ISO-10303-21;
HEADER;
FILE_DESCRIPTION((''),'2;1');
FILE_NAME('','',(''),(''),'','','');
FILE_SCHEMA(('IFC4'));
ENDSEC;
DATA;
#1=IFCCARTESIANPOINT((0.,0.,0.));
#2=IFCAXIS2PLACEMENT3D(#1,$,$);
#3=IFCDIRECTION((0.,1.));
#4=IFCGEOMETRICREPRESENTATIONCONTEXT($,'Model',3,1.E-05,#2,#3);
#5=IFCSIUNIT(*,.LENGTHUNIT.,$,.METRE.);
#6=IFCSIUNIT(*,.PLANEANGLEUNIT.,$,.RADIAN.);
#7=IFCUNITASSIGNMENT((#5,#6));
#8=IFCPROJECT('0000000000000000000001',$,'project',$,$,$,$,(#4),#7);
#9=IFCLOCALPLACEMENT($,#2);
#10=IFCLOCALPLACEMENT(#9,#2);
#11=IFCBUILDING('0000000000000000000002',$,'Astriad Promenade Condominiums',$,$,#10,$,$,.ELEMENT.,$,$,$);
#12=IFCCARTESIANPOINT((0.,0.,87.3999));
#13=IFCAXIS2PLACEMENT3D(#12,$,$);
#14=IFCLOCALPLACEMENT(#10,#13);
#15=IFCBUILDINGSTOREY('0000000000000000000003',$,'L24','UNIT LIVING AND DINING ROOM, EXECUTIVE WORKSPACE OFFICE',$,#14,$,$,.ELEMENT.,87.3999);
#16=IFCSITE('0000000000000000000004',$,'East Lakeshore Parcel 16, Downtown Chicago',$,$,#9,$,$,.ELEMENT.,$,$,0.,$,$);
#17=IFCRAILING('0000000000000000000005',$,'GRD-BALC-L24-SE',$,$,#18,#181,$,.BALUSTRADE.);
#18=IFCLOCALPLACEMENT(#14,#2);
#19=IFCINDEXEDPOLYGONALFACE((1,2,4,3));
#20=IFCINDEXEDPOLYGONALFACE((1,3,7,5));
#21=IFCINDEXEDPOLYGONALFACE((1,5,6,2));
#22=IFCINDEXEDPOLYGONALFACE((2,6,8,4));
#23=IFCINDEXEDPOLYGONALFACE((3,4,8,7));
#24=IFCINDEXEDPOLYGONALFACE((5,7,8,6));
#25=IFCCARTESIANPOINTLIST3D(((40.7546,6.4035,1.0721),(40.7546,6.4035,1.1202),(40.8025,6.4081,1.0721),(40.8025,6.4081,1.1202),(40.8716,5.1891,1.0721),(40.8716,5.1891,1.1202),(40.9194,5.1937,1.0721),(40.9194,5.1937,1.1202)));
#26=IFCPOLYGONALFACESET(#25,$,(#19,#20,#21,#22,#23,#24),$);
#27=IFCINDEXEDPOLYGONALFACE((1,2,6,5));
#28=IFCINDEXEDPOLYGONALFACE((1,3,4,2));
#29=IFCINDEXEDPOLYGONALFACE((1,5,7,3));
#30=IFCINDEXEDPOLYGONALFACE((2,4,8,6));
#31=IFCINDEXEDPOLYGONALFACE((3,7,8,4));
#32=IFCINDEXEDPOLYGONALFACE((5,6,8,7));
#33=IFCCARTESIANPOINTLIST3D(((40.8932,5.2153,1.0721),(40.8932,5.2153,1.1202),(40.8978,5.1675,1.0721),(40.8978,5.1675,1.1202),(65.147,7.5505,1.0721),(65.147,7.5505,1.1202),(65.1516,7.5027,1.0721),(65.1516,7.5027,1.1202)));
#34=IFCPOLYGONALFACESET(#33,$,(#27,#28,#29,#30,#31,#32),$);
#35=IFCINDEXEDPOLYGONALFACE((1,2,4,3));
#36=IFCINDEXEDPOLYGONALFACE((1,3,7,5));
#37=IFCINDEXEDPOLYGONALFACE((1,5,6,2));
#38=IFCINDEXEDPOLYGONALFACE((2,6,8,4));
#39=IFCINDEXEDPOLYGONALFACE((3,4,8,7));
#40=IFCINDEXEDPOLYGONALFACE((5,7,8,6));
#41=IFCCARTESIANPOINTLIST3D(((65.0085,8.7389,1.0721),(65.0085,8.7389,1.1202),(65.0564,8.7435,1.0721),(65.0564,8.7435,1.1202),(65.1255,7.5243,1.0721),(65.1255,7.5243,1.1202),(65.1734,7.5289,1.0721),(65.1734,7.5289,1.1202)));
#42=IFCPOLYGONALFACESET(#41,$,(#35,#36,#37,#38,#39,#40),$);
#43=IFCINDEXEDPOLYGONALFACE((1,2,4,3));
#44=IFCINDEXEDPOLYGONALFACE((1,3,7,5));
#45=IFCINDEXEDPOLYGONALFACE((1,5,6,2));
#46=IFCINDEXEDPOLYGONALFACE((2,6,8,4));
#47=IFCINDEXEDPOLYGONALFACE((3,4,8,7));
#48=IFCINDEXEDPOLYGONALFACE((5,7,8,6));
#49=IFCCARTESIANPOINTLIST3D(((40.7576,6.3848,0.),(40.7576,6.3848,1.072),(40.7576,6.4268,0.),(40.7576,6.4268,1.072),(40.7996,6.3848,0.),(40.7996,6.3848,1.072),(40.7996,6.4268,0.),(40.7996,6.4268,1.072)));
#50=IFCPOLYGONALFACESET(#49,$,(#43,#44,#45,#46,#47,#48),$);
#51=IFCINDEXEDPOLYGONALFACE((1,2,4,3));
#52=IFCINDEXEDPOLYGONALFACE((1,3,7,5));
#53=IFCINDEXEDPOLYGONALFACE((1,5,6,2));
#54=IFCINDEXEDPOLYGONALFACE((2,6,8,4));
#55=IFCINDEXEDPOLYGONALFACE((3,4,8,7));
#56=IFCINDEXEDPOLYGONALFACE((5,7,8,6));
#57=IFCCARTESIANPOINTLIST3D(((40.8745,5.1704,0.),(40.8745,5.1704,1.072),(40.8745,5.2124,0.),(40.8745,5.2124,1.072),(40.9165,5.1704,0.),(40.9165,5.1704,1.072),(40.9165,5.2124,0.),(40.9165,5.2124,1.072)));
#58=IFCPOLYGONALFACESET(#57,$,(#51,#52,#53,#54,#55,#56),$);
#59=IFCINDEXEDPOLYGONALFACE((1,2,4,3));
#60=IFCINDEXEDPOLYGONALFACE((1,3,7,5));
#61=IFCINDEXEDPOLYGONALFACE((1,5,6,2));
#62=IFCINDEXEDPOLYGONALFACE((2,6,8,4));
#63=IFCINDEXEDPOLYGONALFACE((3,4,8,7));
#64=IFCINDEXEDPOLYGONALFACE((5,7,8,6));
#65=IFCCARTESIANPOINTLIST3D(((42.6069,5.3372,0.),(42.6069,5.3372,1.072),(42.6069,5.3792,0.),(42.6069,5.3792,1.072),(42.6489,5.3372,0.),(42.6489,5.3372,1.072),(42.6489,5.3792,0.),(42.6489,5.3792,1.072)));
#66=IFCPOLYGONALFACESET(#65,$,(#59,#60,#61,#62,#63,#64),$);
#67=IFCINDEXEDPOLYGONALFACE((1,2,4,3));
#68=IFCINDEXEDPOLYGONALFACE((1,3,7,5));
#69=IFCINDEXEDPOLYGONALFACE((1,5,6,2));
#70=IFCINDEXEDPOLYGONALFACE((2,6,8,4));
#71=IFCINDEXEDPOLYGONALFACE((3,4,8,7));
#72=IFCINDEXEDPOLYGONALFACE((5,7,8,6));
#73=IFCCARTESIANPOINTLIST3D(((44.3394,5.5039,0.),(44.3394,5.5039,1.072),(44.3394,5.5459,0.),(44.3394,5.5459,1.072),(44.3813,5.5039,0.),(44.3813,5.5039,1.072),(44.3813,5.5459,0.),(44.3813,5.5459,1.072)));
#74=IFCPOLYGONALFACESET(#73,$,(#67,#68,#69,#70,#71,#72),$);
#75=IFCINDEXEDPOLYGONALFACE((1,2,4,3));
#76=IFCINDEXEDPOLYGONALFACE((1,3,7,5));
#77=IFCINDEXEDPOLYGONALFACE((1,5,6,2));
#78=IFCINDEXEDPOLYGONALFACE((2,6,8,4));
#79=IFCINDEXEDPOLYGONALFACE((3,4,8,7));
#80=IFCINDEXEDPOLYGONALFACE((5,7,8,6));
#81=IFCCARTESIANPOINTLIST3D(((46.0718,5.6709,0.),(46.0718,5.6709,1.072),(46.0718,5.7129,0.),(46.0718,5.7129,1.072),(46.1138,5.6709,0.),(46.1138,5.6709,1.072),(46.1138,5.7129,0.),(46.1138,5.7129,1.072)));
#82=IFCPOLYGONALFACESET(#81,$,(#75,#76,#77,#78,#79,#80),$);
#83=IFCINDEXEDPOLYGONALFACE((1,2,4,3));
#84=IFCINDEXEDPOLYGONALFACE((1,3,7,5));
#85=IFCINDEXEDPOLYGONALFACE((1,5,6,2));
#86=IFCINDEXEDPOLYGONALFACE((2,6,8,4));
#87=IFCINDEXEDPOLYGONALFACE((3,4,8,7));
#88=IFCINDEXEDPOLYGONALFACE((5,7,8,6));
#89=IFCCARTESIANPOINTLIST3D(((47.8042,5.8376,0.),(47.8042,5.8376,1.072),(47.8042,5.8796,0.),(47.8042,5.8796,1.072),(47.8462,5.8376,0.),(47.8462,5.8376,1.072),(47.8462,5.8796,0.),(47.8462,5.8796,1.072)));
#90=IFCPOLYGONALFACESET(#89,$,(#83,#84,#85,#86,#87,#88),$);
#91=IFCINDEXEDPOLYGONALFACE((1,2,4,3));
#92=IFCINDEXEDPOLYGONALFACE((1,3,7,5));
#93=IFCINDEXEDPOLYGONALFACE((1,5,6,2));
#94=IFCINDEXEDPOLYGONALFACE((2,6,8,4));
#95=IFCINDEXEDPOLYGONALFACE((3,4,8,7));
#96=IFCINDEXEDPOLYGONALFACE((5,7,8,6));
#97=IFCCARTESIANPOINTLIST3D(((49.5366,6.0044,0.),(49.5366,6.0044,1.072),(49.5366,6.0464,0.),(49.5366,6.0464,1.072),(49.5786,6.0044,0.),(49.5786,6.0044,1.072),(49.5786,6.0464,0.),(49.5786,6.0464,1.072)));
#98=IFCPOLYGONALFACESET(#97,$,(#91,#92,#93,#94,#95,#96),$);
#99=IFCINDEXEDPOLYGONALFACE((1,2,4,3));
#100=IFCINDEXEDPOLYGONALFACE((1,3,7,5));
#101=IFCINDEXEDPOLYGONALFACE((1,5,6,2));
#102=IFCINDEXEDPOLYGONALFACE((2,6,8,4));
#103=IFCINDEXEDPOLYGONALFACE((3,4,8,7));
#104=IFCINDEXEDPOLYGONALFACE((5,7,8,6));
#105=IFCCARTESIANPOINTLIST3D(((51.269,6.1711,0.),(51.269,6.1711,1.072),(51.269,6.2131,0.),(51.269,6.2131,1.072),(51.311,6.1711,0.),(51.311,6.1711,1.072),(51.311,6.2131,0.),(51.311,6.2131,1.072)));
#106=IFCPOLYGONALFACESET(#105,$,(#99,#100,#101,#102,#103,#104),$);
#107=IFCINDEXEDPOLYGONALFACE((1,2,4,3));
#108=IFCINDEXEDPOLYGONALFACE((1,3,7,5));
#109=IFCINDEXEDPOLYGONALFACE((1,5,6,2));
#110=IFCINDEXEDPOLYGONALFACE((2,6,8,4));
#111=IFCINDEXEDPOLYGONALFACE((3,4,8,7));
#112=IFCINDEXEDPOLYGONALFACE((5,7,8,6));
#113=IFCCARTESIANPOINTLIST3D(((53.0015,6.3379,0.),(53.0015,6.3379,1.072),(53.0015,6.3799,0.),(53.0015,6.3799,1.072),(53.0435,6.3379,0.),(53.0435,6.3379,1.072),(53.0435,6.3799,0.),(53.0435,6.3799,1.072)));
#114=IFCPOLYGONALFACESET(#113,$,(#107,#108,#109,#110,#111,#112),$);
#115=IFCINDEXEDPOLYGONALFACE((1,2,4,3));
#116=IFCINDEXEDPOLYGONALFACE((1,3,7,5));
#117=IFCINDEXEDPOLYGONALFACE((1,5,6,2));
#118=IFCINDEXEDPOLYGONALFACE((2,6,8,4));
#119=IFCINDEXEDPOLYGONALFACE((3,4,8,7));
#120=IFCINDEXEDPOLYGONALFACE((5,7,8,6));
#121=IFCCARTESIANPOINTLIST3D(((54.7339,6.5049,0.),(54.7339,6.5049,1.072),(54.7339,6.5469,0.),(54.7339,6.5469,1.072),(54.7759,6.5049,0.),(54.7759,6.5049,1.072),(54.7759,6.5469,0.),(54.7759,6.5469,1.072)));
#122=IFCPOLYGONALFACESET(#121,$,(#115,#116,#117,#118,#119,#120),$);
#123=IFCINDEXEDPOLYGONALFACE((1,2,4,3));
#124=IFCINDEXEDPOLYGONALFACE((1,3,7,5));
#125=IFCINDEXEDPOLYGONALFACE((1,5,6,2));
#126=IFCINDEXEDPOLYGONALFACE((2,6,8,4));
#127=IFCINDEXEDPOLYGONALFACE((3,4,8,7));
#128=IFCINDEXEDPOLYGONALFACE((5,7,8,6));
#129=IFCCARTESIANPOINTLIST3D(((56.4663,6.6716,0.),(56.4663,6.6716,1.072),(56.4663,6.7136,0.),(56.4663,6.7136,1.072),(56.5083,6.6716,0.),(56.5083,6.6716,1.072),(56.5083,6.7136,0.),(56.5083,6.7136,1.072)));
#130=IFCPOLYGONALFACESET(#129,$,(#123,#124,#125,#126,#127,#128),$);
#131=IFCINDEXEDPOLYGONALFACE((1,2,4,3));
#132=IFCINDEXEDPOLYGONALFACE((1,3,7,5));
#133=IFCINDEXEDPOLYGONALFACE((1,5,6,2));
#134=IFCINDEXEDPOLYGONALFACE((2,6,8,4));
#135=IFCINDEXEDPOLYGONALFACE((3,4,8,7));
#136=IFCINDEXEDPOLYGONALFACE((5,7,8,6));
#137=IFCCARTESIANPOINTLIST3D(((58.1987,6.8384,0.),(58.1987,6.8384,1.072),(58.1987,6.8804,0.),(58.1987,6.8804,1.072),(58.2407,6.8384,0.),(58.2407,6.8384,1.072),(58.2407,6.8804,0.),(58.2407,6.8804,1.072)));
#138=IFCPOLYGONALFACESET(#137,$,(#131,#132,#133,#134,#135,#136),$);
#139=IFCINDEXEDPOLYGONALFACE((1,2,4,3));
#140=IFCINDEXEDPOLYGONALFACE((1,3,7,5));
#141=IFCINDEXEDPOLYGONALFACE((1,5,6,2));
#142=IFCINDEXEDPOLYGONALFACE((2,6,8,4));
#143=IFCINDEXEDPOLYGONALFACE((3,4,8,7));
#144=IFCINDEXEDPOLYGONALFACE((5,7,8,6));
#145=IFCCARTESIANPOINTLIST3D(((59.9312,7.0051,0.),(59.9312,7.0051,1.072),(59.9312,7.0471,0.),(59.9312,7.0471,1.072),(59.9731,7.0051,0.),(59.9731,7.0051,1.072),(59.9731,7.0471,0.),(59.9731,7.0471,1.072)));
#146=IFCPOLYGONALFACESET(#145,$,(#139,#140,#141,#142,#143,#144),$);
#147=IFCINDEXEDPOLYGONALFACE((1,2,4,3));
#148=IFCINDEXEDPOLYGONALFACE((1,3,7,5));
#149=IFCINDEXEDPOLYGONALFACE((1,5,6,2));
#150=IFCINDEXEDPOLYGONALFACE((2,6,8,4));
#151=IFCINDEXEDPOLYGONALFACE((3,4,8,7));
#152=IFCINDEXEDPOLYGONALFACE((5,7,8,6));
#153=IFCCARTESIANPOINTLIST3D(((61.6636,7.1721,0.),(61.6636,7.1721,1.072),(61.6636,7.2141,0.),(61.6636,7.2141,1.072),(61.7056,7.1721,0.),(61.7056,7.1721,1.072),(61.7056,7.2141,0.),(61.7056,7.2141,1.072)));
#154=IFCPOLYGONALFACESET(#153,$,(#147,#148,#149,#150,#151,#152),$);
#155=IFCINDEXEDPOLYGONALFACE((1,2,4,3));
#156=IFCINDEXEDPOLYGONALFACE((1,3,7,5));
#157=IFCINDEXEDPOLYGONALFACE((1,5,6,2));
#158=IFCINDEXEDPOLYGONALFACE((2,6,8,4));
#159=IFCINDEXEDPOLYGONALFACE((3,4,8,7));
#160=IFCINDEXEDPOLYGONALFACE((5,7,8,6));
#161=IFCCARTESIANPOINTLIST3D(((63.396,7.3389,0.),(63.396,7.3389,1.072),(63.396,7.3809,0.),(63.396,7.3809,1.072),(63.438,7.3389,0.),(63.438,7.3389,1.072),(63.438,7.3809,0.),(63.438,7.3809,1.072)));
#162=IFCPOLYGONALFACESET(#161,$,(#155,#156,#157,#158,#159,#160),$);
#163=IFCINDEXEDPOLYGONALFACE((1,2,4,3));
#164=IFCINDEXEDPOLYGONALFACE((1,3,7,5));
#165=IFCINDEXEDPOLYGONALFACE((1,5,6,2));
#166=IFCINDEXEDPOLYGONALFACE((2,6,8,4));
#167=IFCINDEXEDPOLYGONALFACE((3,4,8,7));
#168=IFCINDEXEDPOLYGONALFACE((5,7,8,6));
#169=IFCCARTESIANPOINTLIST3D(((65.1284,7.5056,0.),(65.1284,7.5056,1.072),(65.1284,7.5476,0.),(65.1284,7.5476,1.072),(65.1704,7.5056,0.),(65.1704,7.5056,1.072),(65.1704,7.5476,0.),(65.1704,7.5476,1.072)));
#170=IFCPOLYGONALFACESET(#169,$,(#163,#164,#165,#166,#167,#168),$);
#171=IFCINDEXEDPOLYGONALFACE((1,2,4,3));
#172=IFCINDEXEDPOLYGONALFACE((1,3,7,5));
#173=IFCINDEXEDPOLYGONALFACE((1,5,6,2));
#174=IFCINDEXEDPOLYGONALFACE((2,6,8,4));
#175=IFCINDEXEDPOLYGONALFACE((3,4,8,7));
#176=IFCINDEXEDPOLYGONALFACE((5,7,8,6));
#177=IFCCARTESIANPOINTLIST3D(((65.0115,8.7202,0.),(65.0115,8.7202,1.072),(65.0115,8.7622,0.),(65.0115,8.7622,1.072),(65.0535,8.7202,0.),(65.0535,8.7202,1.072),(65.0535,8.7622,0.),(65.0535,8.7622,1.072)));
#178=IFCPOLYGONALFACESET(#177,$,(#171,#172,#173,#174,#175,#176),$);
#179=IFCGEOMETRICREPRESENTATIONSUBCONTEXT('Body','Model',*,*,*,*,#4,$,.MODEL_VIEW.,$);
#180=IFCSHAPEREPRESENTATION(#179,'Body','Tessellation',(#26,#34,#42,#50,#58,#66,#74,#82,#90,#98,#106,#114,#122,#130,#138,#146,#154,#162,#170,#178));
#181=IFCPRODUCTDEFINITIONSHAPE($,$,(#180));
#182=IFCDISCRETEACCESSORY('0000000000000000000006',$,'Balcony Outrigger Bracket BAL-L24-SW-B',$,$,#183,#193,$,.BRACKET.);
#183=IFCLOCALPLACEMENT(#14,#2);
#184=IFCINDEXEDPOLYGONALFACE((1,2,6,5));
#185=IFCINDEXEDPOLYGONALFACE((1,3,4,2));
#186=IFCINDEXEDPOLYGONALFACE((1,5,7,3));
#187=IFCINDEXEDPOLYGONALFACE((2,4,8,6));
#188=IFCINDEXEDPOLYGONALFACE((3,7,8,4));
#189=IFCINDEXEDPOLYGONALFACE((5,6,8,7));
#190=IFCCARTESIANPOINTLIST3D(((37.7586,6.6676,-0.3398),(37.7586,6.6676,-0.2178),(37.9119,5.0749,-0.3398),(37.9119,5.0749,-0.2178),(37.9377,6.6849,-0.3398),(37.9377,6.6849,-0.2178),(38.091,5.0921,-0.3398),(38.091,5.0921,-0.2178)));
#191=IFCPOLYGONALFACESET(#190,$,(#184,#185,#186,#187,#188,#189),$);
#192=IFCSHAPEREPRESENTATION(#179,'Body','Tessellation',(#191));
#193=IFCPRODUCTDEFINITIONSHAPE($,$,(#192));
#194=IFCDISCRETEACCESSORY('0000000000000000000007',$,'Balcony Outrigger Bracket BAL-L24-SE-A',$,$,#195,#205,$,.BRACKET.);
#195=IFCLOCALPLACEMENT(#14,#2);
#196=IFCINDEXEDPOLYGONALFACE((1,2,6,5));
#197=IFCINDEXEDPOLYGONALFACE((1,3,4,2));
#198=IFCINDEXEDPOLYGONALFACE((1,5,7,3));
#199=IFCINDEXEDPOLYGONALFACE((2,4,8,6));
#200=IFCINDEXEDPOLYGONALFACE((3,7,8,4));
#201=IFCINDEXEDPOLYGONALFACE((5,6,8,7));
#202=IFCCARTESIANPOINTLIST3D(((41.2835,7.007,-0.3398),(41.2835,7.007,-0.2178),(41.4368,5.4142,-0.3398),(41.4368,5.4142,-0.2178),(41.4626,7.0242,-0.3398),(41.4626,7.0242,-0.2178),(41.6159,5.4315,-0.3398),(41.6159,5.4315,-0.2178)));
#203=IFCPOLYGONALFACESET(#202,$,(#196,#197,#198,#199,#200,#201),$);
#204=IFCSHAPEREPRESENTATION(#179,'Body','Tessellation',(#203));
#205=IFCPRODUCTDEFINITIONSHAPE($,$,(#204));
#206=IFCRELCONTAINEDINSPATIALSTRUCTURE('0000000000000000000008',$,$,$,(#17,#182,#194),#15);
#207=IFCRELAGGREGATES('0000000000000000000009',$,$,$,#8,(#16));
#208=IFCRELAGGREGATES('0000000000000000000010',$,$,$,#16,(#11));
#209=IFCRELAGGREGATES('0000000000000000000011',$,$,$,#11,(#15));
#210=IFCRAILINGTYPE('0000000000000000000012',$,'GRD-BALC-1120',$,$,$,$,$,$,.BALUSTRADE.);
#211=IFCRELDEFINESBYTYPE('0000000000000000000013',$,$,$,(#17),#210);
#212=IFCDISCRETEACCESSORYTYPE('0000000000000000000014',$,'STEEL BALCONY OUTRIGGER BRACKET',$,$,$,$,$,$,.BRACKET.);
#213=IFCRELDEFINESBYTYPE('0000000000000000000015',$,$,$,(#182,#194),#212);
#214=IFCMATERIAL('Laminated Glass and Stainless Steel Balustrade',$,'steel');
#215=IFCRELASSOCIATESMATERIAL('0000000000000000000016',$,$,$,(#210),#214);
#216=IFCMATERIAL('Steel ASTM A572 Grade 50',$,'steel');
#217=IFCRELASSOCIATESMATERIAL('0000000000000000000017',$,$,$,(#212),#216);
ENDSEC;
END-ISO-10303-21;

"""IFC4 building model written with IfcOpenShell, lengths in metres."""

from ifc_helpers import new_model, si_unit, direction, frame, origin, origin_2d, place, context, subcontext, project, spatial, rectangle, extrude, source, transform, mapped, material, type_object, type_shapes, element, save


model = new_model("IFC4")

# Units and contexts
model_context = context("Model", 3, precision=1e-05, world=origin(), true_north=direction((0.0, 1.0)))
body_context = subcontext(model_context, "Body", "Model", "MODEL_VIEW")
ifc_project = project(units=[si_unit("LENGTHUNIT", "METRE"), si_unit("PLANEANGLEUNIT", "RADIAN")], contexts=[model_context])

# Site, building, storey
site_placement = place(None, origin())
site = spatial("IfcSite", under=ifc_project, at=site_placement, Name="East Lakeshore Parcel 16, Downtown Chicago", CompositionType="ELEMENT", RefElevation=0.0)
building_placement = place(site_placement, origin())
building = spatial("IfcBuilding", under=site, at=building_placement, Name="Astriad Promenade Condominiums", CompositionType="ELEMENT")
storey_placement = place(building_placement, frame((0.0, 0.0, 87.3999)))
storey = spatial("IfcBuildingStorey", under=building, at=storey_placement, Name="L24", Description="UNIT LIVING AND DINING ROOM, EXECUTIVE WORKSPACE OFFICE", CompositionType="ELEMENT", Elevation=87.3999)

# Railing
ifc_material_1 = material(Name="Laminated Glass and Stainless Steel Balustrade", Category="steel")
railing_type = type_object("IfcRailingType", Name="GRD-BALC-1120", PredefinedType="BALUSTRADE", material=ifc_material_1)
shared_shape_1 = source(origin(), body_context, "Body", "SweptSolid", [
    extrude(rectangle(XDim=0.0481, YDim=0.0481, at=origin_2d()), frame((0.0, 0.0, 1.0962), z_axis=(0.095857, -0.995395, 0.0), x_axis=(0.995395, 0.095857, 0.0)), (0.0, 0.0, 1.0), 1.22),
    extrude(rectangle(XDim=0.0481, YDim=0.0481, at=origin_2d()), frame((0.1169, -1.2144, 1.0962), z_axis=(0.995397, 0.095838, 0.0), x_axis=(-0.095838, 0.995397, 0.0)), (0.0, 0.0, 1.0), 24.366),
    extrude(rectangle(XDim=0.0481, YDim=0.0481, at=origin_2d()), frame((24.3708, 1.1208, 1.0962), z_axis=(-0.095838, 0.995397, 0.0), x_axis=(-0.995397, -0.095838, 0.0)), (0.0, 0.0, 1.0), 1.2202),
    extrude(rectangle(XDim=0.042, YDim=0.042, at=origin_2d()), origin(), (0.0, 0.0, 1.0), 1.072),
    extrude(rectangle(XDim=0.042, YDim=0.042, at=origin_2d()), frame((0.1169, -1.2144, 0.0)), (0.0, 0.0, 1.0), 1.072),
    extrude(rectangle(XDim=0.042, YDim=0.042, at=origin_2d()), frame((1.8494, -1.0476, 0.0)), (0.0, 0.0, 1.0), 1.072),
    extrude(rectangle(XDim=0.042, YDim=0.042, at=origin_2d()), frame((3.5818, -0.8809, 0.0)), (0.0, 0.0, 1.0), 1.072),
    extrude(rectangle(XDim=0.042, YDim=0.042, at=origin_2d()), frame((5.3142, -0.7139, 0.0)), (0.0, 0.0, 1.0), 1.072),
    extrude(rectangle(XDim=0.042, YDim=0.042, at=origin_2d()), frame((7.0466, -0.5471, 0.0)), (0.0, 0.0, 1.0), 1.072),
    extrude(rectangle(XDim=0.042, YDim=0.042, at=origin_2d()), frame((8.7791, -0.3804, 0.0)), (0.0, 0.0, 1.0), 1.072),
    extrude(rectangle(XDim=0.042, YDim=0.042, at=origin_2d()), frame((10.5115, -0.2136, 0.0)), (0.0, 0.0, 1.0), 1.072),
    extrude(rectangle(XDim=0.042, YDim=0.042, at=origin_2d()), frame((12.2439, -0.0469, 0.0)), (0.0, 0.0, 1.0), 1.072),
    extrude(rectangle(XDim=0.042, YDim=0.042, at=origin_2d()), frame((13.9763, 0.1201, 0.0)), (0.0, 0.0, 1.0), 1.072),
    extrude(rectangle(XDim=0.042, YDim=0.042, at=origin_2d()), frame((15.7087, 0.2869, 0.0)), (0.0, 0.0, 1.0), 1.072),
    extrude(rectangle(XDim=0.042, YDim=0.042, at=origin_2d()), frame((17.4412, 0.4536, 0.0)), (0.0, 0.0, 1.0), 1.072),
    extrude(rectangle(XDim=0.042, YDim=0.042, at=origin_2d()), frame((19.1736, 0.6204, 0.0)), (0.0, 0.0, 1.0), 1.072),
    extrude(rectangle(XDim=0.042, YDim=0.042, at=origin_2d()), frame((20.906, 0.7874, 0.0)), (0.0, 0.0, 1.0), 1.072),
    extrude(rectangle(XDim=0.042, YDim=0.042, at=origin_2d()), frame((22.6384, 0.9541, 0.0)), (0.0, 0.0, 1.0), 1.072),
    extrude(rectangle(XDim=0.042, YDim=0.042, at=origin_2d()), frame((24.3708, 1.1208, 0.0)), (0.0, 0.0, 1.0), 1.072),
    extrude(rectangle(XDim=0.042, YDim=0.042, at=origin_2d()), frame((24.2539, 2.3354, 0.0)), (0.0, 0.0, 1.0), 1.072),
])
type_shapes(railing_type, [shared_shape_1])
railing_placement = place(storey_placement, frame((40.7786, 6.4058, 0.0)))
element("IfcRailing", 1, at=railing_placement, inside=storey, type_object=railing_type, Name="GRD-BALC-L24-SE", PredefinedType="BALUSTRADE", context=body_context, shape_type="MappedRepresentation", body=[
    mapped(shared_shape_1, transform((0.0, 0.0, 0.0), scale=1.0)),
])

# Discrete accessories
ifc_material_2 = material(Name="Steel ASTM A572 Grade 50", Category="steel")
discrete_accessory_type = type_object("IfcDiscreteAccessoryType", Name="STEEL BALCONY OUTRIGGER BRACKET", PredefinedType="BRACKET", material=ifc_material_2)
shared_shape_2 = source(origin(), body_context, "Body", "SweptSolid", [
    extrude(rectangle(XDim=1.6001, YDim=0.1799, at=origin_2d()), origin(), (0.0, 0.0, 1.0), 0.1221),
])
type_shapes(discrete_accessory_type, [shared_shape_2])
for number, where, z_axis, x_axis, name in (
    (2, (37.9248, 5.8799, -0.3398), (0.0, 0.0, 1.0), (0.095846, -0.995396, 0.0), "Balcony Outrigger Bracket BAL-L24-SW-B"),
    (3, (41.4497, 6.2192, -0.3398), (0.0, 0.0, 1.0), (0.095846, -0.995396, 0.0), "Balcony Outrigger Bracket BAL-L24-SE-A"),
):
    element("IfcDiscreteAccessory", number, at=place(storey_placement, frame(where, z_axis=z_axis, x_axis=x_axis)), inside=storey, type_object=discrete_accessory_type, Name=name, PredefinedType="BRACKET", context=body_context, shape_type="MappedRepresentation", body=[
        mapped(shared_shape_2, transform((0.0, 0.0, 0.0), scale=1.0)),
    ])

save(model, "model.ifc")
